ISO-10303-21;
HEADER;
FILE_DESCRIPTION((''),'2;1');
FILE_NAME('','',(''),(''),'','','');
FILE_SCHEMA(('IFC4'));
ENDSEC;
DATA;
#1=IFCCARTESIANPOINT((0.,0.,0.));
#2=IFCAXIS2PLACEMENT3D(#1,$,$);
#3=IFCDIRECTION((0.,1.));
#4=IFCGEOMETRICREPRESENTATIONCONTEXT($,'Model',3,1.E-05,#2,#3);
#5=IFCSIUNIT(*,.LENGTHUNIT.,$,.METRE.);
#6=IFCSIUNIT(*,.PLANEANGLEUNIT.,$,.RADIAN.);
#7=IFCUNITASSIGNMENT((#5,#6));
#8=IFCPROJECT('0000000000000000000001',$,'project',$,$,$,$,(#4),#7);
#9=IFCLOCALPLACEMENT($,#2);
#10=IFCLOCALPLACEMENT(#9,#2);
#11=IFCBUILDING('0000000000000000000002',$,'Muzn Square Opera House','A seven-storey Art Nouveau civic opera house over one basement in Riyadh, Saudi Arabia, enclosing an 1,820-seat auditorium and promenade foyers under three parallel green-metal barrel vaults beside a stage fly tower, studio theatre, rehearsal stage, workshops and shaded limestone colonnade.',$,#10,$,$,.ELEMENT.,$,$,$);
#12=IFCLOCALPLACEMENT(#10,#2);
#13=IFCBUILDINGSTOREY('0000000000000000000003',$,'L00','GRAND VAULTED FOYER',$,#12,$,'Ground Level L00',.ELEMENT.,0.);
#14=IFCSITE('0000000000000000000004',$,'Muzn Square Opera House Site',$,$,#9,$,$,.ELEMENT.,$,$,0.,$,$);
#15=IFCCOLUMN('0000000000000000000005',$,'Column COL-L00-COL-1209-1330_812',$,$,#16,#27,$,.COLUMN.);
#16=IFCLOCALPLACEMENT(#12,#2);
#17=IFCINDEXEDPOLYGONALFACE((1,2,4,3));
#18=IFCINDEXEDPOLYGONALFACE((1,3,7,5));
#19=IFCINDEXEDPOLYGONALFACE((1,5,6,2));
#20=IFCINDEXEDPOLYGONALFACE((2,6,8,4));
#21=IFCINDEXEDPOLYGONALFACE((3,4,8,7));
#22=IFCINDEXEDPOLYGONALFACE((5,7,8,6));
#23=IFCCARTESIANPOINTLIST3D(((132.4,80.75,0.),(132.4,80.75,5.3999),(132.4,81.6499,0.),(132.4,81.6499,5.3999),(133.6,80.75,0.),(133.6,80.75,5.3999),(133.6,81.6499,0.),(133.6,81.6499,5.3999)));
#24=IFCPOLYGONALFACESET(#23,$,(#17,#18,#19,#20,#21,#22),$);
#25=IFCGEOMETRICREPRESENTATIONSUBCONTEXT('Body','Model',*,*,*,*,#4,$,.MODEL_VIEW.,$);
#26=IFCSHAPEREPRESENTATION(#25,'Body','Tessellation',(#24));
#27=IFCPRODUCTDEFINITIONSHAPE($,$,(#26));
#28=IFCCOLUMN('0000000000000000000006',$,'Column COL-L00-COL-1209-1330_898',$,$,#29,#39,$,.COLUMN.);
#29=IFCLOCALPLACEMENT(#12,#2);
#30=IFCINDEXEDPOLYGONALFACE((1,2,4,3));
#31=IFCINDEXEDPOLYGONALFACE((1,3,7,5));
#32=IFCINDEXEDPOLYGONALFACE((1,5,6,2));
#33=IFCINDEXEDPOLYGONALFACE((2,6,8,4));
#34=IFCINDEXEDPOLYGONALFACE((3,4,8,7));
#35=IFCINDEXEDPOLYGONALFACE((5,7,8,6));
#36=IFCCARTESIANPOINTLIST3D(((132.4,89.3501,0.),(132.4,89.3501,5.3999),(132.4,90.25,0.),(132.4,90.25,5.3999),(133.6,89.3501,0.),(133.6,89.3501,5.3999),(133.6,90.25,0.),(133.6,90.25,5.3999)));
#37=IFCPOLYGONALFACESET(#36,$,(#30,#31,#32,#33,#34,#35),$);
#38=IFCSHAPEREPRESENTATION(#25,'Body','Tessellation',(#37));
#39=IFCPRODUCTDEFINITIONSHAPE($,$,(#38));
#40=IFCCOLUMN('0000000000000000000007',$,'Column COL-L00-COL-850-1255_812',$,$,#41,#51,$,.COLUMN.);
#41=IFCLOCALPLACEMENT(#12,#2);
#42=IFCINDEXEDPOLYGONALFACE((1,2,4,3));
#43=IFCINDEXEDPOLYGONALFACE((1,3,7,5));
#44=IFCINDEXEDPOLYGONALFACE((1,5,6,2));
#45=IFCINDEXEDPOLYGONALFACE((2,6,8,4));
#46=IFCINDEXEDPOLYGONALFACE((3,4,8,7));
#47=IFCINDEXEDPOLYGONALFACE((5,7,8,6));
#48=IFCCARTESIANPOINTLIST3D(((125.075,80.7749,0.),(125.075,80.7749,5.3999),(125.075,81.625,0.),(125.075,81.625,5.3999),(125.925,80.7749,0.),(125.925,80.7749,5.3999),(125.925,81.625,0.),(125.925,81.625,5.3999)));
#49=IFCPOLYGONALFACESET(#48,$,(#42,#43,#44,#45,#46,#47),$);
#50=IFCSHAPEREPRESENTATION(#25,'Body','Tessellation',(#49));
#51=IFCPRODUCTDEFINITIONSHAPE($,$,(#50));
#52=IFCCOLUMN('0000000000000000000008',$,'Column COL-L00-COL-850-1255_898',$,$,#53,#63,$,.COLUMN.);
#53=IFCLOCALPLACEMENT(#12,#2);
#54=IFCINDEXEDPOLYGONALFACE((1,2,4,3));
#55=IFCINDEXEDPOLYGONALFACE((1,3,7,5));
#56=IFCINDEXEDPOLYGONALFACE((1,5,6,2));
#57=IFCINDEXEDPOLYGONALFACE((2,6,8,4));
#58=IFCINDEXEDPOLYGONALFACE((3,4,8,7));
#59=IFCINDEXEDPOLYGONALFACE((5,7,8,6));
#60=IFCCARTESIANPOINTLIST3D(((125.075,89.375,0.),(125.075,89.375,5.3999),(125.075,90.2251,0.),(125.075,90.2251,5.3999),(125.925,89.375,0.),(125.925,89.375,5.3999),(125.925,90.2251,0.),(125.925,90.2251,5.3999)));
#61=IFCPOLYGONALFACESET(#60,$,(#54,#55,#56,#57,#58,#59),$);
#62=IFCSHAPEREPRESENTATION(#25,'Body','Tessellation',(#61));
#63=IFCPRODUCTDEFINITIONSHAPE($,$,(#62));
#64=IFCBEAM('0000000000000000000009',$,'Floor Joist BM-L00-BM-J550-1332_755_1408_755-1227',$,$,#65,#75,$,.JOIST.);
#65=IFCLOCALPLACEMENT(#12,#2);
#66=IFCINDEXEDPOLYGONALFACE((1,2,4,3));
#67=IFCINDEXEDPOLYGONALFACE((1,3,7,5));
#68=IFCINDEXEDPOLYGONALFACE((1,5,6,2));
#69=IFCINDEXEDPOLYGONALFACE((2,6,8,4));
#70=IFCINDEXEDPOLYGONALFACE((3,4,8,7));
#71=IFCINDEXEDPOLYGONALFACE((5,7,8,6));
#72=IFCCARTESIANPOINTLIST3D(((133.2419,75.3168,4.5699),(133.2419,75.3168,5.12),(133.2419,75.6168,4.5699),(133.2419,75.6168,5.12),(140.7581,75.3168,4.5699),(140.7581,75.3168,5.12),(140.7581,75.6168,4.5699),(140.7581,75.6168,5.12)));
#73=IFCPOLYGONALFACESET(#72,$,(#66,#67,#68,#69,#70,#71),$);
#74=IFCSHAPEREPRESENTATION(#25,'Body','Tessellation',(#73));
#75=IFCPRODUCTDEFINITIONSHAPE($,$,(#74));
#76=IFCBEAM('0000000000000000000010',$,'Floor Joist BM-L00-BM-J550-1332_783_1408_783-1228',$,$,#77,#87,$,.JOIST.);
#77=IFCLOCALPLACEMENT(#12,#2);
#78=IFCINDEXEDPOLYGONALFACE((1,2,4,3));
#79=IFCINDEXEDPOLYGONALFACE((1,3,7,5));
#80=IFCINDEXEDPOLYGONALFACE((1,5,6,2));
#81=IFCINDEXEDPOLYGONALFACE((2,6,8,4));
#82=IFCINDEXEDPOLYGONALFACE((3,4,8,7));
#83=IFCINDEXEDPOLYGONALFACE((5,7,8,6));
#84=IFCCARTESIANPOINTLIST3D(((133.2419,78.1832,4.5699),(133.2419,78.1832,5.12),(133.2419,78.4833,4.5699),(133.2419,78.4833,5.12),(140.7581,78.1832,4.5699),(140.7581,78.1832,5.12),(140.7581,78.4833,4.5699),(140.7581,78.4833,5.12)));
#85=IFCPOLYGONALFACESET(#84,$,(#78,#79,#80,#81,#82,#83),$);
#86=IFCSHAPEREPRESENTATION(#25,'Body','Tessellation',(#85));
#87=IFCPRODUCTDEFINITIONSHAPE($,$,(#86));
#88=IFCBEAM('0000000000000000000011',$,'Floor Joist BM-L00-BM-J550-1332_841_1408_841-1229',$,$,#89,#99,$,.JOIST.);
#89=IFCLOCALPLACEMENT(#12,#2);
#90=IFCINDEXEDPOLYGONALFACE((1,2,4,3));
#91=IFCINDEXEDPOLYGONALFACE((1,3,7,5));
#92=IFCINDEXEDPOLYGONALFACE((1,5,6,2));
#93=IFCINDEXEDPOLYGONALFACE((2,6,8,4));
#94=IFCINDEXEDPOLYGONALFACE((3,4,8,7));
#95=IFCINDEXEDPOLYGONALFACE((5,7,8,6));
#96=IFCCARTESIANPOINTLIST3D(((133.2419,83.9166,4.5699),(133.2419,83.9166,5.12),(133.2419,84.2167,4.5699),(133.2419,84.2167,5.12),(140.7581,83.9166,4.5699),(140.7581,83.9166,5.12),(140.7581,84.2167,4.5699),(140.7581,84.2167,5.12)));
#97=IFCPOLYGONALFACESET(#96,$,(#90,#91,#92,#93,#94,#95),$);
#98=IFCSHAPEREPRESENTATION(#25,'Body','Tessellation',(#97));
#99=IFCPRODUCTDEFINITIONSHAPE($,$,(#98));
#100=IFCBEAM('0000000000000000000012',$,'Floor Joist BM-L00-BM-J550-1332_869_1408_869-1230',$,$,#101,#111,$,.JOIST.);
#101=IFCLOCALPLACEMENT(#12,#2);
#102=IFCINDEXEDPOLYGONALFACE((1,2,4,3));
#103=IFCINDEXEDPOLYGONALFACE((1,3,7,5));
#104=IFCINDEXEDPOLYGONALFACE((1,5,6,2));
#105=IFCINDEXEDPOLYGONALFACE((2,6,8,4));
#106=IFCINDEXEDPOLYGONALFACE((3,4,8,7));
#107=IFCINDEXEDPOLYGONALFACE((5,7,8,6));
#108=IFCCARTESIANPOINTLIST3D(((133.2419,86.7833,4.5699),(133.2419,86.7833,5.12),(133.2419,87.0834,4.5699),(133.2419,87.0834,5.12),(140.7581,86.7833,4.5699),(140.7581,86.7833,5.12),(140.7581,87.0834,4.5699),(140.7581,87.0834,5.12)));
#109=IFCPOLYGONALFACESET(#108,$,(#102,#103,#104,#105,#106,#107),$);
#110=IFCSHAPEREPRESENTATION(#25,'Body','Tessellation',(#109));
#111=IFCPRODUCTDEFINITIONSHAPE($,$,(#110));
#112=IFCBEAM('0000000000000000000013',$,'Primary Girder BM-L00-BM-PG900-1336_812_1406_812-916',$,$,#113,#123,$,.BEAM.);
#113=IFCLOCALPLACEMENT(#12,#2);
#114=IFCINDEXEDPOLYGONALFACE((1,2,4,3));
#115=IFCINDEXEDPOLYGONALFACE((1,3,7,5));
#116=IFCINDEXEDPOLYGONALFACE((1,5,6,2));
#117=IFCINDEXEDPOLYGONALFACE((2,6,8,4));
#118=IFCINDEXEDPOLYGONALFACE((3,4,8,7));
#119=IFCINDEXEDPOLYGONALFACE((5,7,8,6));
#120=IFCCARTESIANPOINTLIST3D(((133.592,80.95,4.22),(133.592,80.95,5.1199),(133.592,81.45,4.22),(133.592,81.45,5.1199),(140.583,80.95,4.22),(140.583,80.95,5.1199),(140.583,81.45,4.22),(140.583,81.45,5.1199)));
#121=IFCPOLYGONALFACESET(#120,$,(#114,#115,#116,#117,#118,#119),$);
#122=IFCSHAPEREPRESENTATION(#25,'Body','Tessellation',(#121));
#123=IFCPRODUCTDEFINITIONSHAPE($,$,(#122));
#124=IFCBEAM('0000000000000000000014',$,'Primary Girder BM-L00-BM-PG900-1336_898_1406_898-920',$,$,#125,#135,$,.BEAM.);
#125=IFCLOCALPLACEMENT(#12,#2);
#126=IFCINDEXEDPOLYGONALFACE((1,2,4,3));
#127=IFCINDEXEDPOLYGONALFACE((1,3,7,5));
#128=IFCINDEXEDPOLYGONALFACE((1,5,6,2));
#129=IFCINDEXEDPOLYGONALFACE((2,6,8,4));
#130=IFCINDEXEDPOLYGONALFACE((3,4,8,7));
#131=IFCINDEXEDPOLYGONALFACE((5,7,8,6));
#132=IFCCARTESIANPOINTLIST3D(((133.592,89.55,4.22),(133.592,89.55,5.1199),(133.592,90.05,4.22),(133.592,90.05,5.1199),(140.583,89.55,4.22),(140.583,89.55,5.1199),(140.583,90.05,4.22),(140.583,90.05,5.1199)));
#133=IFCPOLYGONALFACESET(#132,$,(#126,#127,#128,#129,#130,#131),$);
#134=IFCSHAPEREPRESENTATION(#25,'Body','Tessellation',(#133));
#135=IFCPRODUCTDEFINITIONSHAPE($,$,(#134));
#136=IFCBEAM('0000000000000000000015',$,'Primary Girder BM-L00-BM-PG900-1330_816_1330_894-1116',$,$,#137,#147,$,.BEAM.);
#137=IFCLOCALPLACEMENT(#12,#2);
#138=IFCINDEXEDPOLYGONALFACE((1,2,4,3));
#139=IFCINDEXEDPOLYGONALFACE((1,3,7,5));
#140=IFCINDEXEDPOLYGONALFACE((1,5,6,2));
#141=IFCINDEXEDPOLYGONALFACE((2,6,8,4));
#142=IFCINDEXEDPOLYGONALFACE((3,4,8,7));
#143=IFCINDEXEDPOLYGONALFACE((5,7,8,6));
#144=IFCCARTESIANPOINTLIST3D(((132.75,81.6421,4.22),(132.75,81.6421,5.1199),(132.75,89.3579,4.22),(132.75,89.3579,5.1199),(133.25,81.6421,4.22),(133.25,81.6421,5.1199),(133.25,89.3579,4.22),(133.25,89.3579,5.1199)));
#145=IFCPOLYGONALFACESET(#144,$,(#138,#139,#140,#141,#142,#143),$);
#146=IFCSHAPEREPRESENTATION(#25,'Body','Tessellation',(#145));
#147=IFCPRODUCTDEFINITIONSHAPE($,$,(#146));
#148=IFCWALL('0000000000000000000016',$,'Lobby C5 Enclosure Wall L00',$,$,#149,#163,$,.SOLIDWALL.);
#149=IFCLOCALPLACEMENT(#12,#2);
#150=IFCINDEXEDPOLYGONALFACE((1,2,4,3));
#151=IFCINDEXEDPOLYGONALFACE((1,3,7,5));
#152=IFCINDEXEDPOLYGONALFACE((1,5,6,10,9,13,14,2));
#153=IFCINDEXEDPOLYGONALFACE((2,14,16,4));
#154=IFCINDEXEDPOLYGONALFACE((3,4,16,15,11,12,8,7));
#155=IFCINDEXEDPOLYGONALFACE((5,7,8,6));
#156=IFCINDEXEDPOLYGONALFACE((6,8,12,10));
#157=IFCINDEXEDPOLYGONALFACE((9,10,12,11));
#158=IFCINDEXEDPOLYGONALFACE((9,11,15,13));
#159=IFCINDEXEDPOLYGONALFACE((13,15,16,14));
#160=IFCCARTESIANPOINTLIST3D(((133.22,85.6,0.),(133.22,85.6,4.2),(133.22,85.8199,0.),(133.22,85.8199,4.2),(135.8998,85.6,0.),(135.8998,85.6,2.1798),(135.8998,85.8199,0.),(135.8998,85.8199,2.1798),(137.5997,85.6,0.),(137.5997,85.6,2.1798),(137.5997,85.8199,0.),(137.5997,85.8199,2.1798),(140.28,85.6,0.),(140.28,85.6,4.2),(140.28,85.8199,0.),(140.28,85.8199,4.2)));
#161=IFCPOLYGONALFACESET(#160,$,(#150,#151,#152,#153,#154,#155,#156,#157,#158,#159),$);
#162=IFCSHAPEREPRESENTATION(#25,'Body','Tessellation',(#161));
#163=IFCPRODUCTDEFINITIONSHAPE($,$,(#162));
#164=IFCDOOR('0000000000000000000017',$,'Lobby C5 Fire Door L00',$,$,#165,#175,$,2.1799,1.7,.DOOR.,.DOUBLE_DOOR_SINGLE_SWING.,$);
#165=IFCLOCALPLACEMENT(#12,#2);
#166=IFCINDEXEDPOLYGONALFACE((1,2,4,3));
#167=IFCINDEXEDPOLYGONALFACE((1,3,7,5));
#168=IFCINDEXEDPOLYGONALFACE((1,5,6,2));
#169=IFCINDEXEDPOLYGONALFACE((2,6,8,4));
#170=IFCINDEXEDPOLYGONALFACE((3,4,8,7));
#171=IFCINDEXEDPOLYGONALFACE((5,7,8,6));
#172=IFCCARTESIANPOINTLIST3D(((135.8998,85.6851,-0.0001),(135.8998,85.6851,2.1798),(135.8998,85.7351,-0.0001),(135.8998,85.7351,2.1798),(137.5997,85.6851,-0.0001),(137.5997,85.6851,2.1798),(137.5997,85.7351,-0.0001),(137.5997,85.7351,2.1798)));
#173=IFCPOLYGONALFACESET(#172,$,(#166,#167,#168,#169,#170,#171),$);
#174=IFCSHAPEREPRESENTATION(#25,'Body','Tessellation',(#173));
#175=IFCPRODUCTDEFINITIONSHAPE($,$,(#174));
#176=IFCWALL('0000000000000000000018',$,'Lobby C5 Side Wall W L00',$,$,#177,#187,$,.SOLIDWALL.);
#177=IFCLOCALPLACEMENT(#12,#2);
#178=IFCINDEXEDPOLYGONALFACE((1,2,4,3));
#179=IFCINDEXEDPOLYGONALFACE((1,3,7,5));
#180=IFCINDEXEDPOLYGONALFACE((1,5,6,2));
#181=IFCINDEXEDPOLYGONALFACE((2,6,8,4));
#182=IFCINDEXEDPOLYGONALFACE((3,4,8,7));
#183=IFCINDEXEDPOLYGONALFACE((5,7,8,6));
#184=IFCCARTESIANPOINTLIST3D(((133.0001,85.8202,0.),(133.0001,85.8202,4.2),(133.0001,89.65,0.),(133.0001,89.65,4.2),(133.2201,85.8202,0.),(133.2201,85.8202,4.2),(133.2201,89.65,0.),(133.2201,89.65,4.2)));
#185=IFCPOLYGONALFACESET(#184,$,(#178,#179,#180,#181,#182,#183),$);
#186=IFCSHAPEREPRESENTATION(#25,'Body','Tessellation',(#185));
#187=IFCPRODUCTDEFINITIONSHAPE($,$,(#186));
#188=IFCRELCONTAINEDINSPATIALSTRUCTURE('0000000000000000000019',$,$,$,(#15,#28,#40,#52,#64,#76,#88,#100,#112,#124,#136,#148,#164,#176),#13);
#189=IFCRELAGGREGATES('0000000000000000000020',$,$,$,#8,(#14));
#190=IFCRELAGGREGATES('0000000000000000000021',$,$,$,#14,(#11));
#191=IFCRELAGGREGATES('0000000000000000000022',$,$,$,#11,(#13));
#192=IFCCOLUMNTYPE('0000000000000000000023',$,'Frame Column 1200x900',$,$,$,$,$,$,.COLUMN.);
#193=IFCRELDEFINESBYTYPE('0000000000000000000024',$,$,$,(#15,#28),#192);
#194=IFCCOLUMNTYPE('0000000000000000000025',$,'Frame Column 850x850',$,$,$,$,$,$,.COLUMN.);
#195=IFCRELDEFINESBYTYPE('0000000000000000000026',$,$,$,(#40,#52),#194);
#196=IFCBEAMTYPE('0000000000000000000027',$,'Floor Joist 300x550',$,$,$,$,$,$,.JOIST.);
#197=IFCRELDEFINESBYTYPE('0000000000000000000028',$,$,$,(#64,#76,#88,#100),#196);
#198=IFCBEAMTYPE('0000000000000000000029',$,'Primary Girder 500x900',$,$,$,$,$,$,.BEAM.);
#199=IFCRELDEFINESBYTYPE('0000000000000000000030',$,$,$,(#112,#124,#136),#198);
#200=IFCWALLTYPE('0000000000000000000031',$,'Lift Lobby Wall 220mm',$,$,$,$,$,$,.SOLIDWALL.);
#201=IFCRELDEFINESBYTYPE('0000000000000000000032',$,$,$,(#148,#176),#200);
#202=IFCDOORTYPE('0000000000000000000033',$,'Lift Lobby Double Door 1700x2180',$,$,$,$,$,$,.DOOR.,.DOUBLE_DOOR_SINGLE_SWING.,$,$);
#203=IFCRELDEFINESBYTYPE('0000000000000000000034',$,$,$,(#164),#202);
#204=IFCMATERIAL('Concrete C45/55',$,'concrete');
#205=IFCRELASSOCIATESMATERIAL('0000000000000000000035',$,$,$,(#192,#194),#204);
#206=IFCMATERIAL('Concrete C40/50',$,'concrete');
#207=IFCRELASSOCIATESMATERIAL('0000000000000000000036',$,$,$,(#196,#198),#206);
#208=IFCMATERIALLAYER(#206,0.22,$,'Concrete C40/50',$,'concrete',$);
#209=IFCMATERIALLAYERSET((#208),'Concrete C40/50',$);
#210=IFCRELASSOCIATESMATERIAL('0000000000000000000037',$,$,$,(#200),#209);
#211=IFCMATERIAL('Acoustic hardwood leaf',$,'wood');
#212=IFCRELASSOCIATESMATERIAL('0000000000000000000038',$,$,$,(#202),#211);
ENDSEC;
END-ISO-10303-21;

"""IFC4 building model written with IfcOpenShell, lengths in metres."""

from ifc_helpers import new_model, si_unit, direction, frame, frame_2d, origin, origin_2d, place, context, subcontext, project, spatial, rectangle, extrude, material, layer, layer_set, material_profile, profile_set, type_object, element, fill, save


model = new_model("IFC4")

# Units and contexts
model_context = context("Model", 3, precision=1e-05, world=origin(), true_north=direction((0.0, 1.0)))
body_context = subcontext(model_context, "Body", "Model", "MODEL_VIEW")
ifc_project = project(units=[si_unit("LENGTHUNIT", "METRE"), si_unit("PLANEANGLEUNIT", "RADIAN")], contexts=[model_context])

# Site, building, storey
site_placement = place(None, origin())
site = spatial("IfcSite", under=ifc_project, at=site_placement, Name="Muzn Square Opera House Site", CompositionType="ELEMENT", RefElevation=0.0)
building_placement = place(site_placement, origin())
building = spatial("IfcBuilding", under=site, at=building_placement, Name="Muzn Square Opera House", Description="A seven-storey Art Nouveau civic opera house over one basement in Riyadh, Saudi Arabia, enclosing an 1,820-seat auditorium and promenade foyers under three parallel green-metal barrel vaults beside a stage fly tower, studio theatre, rehearsal stage, workshops and shaded limestone colonnade.", CompositionType="ELEMENT")
storey_placement = place(building_placement, origin())
storey = spatial("IfcBuildingStorey", under=building, at=storey_placement, Name="L00", Description="GRAND VAULTED FOYER", LongName="Ground Level L00", CompositionType="ELEMENT", Elevation=0.0)

# Columns
ifc_material_1 = material(Name="Concrete C45/55", Category="concrete")
ifc_material_profile_1 = material_profile(ifc_material_1, rectangle(XDim=1.2, YDim=0.8999, at=origin_2d()), Name="RC 1200x900", Category="concrete")
ifc_profile_set_1 = profile_set([ifc_material_profile_1], Name="Concrete C45/55")
column_type_1 = type_object("IfcColumnType", Name="Frame Column 1200x900", PredefinedType="COLUMN", material=ifc_profile_set_1)
for number, where, z_axis, x_axis, name in (
    (1, (133.0, 81.2, 0.0), (0.0, 0.0, 1.0), (1.0, 0.0, 0.0), "Column COL-L00-COL-1209-1330_812"),
    (2, (133.0, 89.8, 0.0), (0.0, 0.0, 1.0), (1.0, 0.0, 0.0), "Column COL-L00-COL-1209-1330_898"),
):
    element("IfcColumn", number, at=place(storey_placement, frame(where, z_axis=z_axis, x_axis=x_axis)), inside=storey, type_object=column_type_1, Name=name, PredefinedType="COLUMN", context=body_context, shape_type="SweptSolid", body=[
        extrude(rectangle(XDim=1.2, YDim=0.8999, at=origin_2d()), origin(), (0.0, 0.0, 1.0), 5.3999),
    ])
ifc_material_profile_2 = material_profile(ifc_material_1, rectangle(XDim=0.8501, YDim=0.8501, at=origin_2d()), Name="RC 850x850", Category="concrete")
ifc_profile_set_2 = profile_set([ifc_material_profile_2], Name="Concrete C45/55")
column_type_2 = type_object("IfcColumnType", Name="Frame Column 850x850", PredefinedType="COLUMN", material=ifc_profile_set_2)
for number, where, z_axis, x_axis, name in (
    (3, (125.5, 81.2, 0.0), (0.0, 0.0, 1.0), (1.0, 0.0, 0.0), "Column COL-L00-COL-850-1255_812"),
    (4, (125.5, 89.8, 0.0), (0.0, 0.0, 1.0), (1.0, 0.0, 0.0), "Column COL-L00-COL-850-1255_898"),
):
    element("IfcColumn", number, at=place(storey_placement, frame(where, z_axis=z_axis, x_axis=x_axis)), inside=storey, type_object=column_type_2, Name=name, PredefinedType="COLUMN", context=body_context, shape_type="SweptSolid", body=[
        extrude(rectangle(XDim=0.8501, YDim=0.8501, at=origin_2d()), origin(), (0.0, 0.0, 1.0), 5.3999),
    ])

# Beams
ifc_material_2 = material(Name="Concrete C40/50", Category="concrete")
ifc_material_profile_3 = material_profile(ifc_material_2, rectangle(XDim=0.3, YDim=0.55, at=origin_2d()), Name="RCJ 300x550", Category="concrete")
ifc_profile_set_3 = profile_set([ifc_material_profile_3], Name="Concrete C40/50")
beam_type_1 = type_object("IfcBeamType", Name="Floor Joist 300x550", PredefinedType="JOIST", material=ifc_profile_set_3)
for number, where, z_axis, x_axis, name in (
    (5, (133.2419, 75.4668, 4.845), (1.0, 0.0, 0.0), (0.0, 1.0, 0.0), "Floor Joist BM-L00-BM-J550-1332_755_1408_755-1227"),
    (6, (133.2419, 78.3333, 4.845), (1.0, 0.0, 0.0), (0.0, 1.0, 0.0), "Floor Joist BM-L00-BM-J550-1332_783_1408_783-1228"),
    (7, (133.2419, 84.0667, 4.845), (1.0, 0.0, 0.0), (0.0, 1.0, 0.0), "Floor Joist BM-L00-BM-J550-1332_841_1408_841-1229"),
    (8, (133.2419, 86.9333, 4.845), (1.0, 0.0, 0.0), (0.0, 1.0, 0.0), "Floor Joist BM-L00-BM-J550-1332_869_1408_869-1230"),
):
    element("IfcBeam", number, at=place(storey_placement, frame(where, z_axis=z_axis, x_axis=x_axis)), inside=storey, type_object=beam_type_1, Name=name, PredefinedType="JOIST", context=body_context, shape_type="SweptSolid", body=[
        extrude(rectangle(XDim=0.3, YDim=0.55, at=origin_2d()), origin(), (0.0, 0.0, 1.0), 7.5161),
    ])
ifc_material_profile_4 = material_profile(ifc_material_2, rectangle(XDim=0.5, YDim=0.8999, at=origin_2d()), Name="RCB 500x900", Category="concrete")
ifc_profile_set_4 = profile_set([ifc_material_profile_4], Name="Concrete C40/50")
beam_type_2 = type_object("IfcBeamType", Name="Primary Girder 500x900", PredefinedType="BEAM", material=ifc_profile_set_4)
for number, where, z_axis, x_axis, name in (
    (9, (133.592, 81.2, 4.6699), (1.0, 0.0, 0.0), (0.0, 1.0, 0.0), "Primary Girder BM-L00-BM-PG900-1336_812_1406_812-916"),
    (10, (133.592, 89.8, 4.6699), (1.0, 0.0, 0.0), (0.0, 1.0, 0.0), "Primary Girder BM-L00-BM-PG900-1336_898_1406_898-920"),
):
    element("IfcBeam", number, at=place(storey_placement, frame(where, z_axis=z_axis, x_axis=x_axis)), inside=storey, type_object=beam_type_2, Name=name, PredefinedType="BEAM", context=body_context, shape_type="SweptSolid", body=[
        extrude(rectangle(XDim=0.5, YDim=0.8999, at=origin_2d()), origin(), (0.0, 0.0, 1.0), 6.991),
    ])
beam_placement = place(storey_placement, frame((133.0, 81.6421, 4.6699), z_axis=(0.0, 1.0, 0.0), x_axis=(-1.0, 0.0, 0.0)))
element("IfcBeam", 11, at=beam_placement, inside=storey, type_object=beam_type_2, Name="Primary Girder BM-L00-BM-PG900-1330_816_1330_894-1116", PredefinedType="BEAM", context=body_context, shape_type="SweptSolid", body=[
    extrude(rectangle(XDim=0.5, YDim=0.8999, at=origin_2d()), origin(), (0.0, 0.0, 1.0), 7.7158),
])

# Wall, opening, door
ifc_layer_1 = layer(ifc_material_2, 0.22, Name="Concrete C40/50", Category="concrete")
ifc_layer_set_1 = layer_set([ifc_layer_1], Name="Concrete C40/50")
wall_type_1 = type_object("IfcWallType", Name="Lift Lobby Wall 220mm", PredefinedType="SOLIDWALL", material=ifc_layer_set_1)
wall_1_placement = place(storey_placement, frame((133.22, 85.71, 0.0), z_axis=(0.0, 0.0, 1.0), x_axis=(1.0, 0.0, 0.0)))
wall_1 = element("IfcWall", 12, at=wall_1_placement, inside=storey, type_object=wall_type_1, Name="Lobby C5 Enclosure Wall L00", PredefinedType="SOLIDWALL", context=body_context, shape_type="SweptSolid", body=[
    extrude(rectangle(XDim=7.0601, YDim=0.22, at=frame_2d((3.53, 0.0))), origin(), (0.0, 0.0, 1.0), 4.2),
])
opening_1_placement = place(wall_1_placement, frame((4.3799, 0.0, 0.0), z_axis=(0.0, 0.0, 1.0), x_axis=(-1.0, 0.0, 0.0)))
opening_1 = element("IfcOpeningElement", 13, at=opening_1_placement, cuts=wall_1, PredefinedType="OPENING", context=body_context, shape_type="SweptSolid", body=[
    extrude(rectangle(XDim=1.7, YDim=2.1799, at=frame_2d((0.8501, 1.0898))), frame((0.0, 0.1199, 0.0), z_axis=(0.0, -1.0, 0.0), x_axis=(1.0, 0.0, 0.0)), (0.0, 0.0, 1.0), 0.24),
])
ifc_material_3 = material(Name="Acoustic hardwood leaf", Category="wood")
door_type_1 = type_object("IfcDoorType", Name="Lift Lobby Double Door 1700x2180", OperationType="DOUBLE_DOOR_SINGLE_SWING", PredefinedType="DOOR", material=ifc_material_3)
door_1_placement = place(opening_1_placement, origin())
door_1 = element("IfcDoor", 14, at=door_1_placement, inside=storey, type_object=door_type_1, Name="Lobby C5 Fire Door L00", OperationType="DOUBLE_DOOR_SINGLE_SWING", OverallHeight=2.1799, OverallWidth=1.7, PredefinedType="DOOR", context=body_context, shape_type="SweptSolid", body=[
    extrude(rectangle(XDim=1.7, YDim=2.1799, at=frame_2d((0.8501, 1.0898))), frame((0.0, 0.0249, 0.0), z_axis=(0.0, -1.0, 0.0), x_axis=(1.0, 0.0, 0.0)), (0.0, 0.0, 1.0), 0.05),
])
fill(opening_1, door_1)

# Wall
wall_2_placement = place(storey_placement, frame((133.1101, 85.8201, 0.0), z_axis=(0.0, 0.0, 1.0), x_axis=(0.0, 1.0, 0.0)))
element("IfcWall", 15, at=wall_2_placement, inside=storey, type_object=wall_type_1, Name="Lobby C5 Side Wall W L00", PredefinedType="SOLIDWALL", context=body_context, shape_type="SweptSolid", body=[
    extrude(rectangle(XDim=3.8298, YDim=0.22, at=frame_2d((1.915, 0.0))), origin(), (0.0, 0.0, 1.0), 4.2),
])

save(model, "model.ifc")
